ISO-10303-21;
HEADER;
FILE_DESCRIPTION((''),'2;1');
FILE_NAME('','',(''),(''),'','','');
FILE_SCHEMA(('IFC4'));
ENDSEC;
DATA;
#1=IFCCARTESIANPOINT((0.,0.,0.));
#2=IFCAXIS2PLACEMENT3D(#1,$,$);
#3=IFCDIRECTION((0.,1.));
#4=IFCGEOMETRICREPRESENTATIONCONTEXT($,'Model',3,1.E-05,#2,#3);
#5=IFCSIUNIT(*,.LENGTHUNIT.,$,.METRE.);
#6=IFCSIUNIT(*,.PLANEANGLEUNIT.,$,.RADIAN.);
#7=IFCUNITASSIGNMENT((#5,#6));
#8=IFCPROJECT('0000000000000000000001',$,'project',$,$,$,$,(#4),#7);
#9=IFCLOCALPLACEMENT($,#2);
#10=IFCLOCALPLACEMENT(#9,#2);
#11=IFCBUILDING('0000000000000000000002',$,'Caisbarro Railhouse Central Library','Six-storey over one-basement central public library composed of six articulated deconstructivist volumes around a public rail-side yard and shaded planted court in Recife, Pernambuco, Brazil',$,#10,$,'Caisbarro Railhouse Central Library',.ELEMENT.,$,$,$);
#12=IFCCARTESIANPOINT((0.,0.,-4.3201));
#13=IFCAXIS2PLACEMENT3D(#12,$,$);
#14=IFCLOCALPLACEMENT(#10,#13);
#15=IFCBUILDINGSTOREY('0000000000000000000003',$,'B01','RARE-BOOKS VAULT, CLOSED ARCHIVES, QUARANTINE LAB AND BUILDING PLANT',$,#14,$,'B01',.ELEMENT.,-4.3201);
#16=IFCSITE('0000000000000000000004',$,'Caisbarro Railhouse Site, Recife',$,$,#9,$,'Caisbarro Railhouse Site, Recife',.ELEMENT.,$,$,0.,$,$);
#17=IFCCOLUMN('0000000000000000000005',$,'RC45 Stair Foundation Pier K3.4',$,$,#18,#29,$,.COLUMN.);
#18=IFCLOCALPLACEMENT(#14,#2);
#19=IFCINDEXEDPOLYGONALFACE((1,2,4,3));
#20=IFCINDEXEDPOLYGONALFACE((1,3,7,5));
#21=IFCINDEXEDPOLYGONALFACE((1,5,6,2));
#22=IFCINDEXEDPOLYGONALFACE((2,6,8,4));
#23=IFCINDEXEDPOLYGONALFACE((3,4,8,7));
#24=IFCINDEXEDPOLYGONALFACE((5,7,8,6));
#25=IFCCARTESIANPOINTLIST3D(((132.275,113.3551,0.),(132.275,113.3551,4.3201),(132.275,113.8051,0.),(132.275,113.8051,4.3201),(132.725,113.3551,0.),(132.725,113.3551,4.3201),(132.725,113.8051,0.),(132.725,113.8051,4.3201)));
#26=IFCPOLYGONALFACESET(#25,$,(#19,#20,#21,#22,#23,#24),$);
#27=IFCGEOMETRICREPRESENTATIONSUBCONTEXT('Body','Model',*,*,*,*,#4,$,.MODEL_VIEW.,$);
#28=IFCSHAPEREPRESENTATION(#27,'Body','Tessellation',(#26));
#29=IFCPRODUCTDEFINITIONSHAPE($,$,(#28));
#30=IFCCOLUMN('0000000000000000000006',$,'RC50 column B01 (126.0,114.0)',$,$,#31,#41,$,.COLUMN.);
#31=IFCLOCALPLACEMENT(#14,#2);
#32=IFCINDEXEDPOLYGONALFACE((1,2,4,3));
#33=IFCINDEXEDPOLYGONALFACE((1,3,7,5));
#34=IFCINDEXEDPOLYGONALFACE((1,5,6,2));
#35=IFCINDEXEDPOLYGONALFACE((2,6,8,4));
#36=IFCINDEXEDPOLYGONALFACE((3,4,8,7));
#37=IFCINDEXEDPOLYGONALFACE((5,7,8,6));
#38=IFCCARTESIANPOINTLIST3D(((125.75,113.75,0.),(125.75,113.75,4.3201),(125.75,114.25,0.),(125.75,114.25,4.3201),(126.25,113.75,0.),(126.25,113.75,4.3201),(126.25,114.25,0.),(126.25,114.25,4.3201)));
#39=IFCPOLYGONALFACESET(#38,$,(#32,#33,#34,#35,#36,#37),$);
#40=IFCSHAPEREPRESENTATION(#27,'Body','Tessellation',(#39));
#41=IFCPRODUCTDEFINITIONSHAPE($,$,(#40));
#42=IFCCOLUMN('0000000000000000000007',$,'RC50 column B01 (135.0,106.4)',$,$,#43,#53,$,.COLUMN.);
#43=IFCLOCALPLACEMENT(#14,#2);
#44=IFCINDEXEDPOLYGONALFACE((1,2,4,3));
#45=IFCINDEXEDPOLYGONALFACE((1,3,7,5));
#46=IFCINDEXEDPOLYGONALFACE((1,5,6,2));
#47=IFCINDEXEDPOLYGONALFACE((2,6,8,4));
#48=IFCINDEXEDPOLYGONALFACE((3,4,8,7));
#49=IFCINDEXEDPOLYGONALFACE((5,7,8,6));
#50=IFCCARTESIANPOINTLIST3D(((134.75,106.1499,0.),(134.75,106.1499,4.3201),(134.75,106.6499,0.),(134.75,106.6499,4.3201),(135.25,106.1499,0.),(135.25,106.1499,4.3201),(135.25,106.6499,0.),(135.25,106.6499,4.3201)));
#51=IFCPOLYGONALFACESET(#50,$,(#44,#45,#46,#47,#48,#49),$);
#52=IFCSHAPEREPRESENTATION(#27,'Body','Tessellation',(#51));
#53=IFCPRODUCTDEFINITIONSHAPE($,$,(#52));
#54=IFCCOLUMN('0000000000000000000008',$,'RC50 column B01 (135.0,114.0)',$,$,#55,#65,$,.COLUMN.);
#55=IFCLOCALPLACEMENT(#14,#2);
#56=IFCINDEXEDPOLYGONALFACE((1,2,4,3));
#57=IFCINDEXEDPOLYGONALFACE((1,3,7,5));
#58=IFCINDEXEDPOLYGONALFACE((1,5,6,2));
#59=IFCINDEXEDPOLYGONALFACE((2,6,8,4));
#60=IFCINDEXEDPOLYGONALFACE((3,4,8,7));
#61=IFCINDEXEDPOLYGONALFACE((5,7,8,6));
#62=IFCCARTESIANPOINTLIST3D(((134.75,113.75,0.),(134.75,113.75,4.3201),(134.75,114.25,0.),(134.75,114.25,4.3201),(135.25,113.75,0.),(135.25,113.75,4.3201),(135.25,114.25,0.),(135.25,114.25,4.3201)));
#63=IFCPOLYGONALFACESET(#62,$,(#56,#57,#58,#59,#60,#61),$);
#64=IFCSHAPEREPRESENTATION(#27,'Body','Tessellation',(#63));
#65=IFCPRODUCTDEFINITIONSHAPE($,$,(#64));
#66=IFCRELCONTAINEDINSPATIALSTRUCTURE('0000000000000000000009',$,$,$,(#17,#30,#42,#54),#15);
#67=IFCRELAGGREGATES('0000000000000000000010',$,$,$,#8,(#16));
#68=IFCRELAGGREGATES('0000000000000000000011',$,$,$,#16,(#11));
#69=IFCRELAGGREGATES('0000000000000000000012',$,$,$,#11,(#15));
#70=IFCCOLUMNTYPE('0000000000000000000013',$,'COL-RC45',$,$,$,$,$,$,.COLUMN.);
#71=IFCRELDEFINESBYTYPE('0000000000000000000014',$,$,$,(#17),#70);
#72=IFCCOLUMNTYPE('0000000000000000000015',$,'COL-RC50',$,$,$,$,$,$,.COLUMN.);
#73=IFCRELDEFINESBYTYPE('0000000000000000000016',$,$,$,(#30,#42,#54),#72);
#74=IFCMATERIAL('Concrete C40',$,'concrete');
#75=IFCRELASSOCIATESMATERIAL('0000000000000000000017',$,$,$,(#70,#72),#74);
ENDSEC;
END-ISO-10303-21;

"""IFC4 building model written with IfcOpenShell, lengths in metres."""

from ifc_helpers import new_model, si_unit, direction, frame, origin, origin_2d, place, context, subcontext, project, spatial, rectangle, extrude, material, material_profile, profile_set, type_object, element, save


model = new_model("IFC4")

# Units and contexts
model_context = context("Model", 3, precision=1e-05, world=origin(), true_north=direction((0.0, 1.0)))
body_context = subcontext(model_context, "Body", "Model", "MODEL_VIEW")
ifc_project = project(units=[si_unit("LENGTHUNIT", "METRE"), si_unit("PLANEANGLEUNIT", "RADIAN")], contexts=[model_context])

# Site, building, storey
site_placement = place(None, origin())
site = spatial("IfcSite", under=ifc_project, at=site_placement, Name="Caisbarro Railhouse Site, Recife", LongName="Caisbarro Railhouse Site, Recife", CompositionType="ELEMENT", RefElevation=0.0)
building_placement = place(site_placement, origin())
building = spatial("IfcBuilding", under=site, at=building_placement, Name="Caisbarro Railhouse Central Library", Description="Six-storey over one-basement central public library composed of six articulated deconstructivist volumes around a public rail-side yard and shaded planted court in Recife, Pernambuco, Brazil", LongName="Caisbarro Railhouse Central Library", CompositionType="ELEMENT")
storey_placement = place(building_placement, frame((0.0, 0.0, -4.3201)))
storey = spatial("IfcBuildingStorey", under=building, at=storey_placement, Name="B01", Description="RARE-BOOKS VAULT, CLOSED ARCHIVES, QUARANTINE LAB AND BUILDING PLANT", LongName="B01", CompositionType="ELEMENT", Elevation=-4.3201)

# Shared definitions
ifc_material_1 = material(Name="Concrete C40", Category="concrete")

# Columns
ifc_material_profile_1 = material_profile(ifc_material_1, rectangle(XDim=0.45, YDim=0.45, at=origin_2d()), Name="RC-COL-450X450")
ifc_profile_set_1 = profile_set([ifc_material_profile_1], Name="Concrete C40")
column_type_1 = type_object("IfcColumnType", Name="COL-RC45", PredefinedType="COLUMN", material=ifc_profile_set_1)
for number, where, z_axis, x_axis, name in (
    (1, (132.5, 113.5801, 0.0), (0.0, 0.0, 1.0), (1.0, 0.0, 0.0), "RC45 Stair Foundation Pier K3.4"),
):
    element("IfcColumn", number, at=place(storey_placement, frame(where, z_axis=z_axis, x_axis=x_axis)), inside=storey, type_object=column_type_1, Name=name, PredefinedType="COLUMN", context=body_context, shape_type="SweptSolid", body=[
        extrude(rectangle(XDim=0.45, YDim=0.45, at=origin_2d()), origin(), (0.0, 0.0, 1.0), 4.3201),
    ])
ifc_material_profile_2 = material_profile(ifc_material_1, rectangle(XDim=0.5, YDim=0.5, at=origin_2d()), Name="RC-COL-500X500")
ifc_profile_set_2 = profile_set([ifc_material_profile_2], Name="Concrete C40")
column_type_2 = type_object("IfcColumnType", Name="COL-RC50", PredefinedType="COLUMN", material=ifc_profile_set_2)
for number, where, z_axis, x_axis, name in (
    (2, (126.0, 114.0, 0.0), (0.0, 0.0, 1.0), (1.0, 0.0, 0.0), "RC50 column B01 (126.0,114.0)"),
    (3, (135.0, 106.3999, 0.0), (0.0, 0.0, 1.0), (1.0, 0.0, 0.0), "RC50 column B01 (135.0,106.4)"),
    (4, (135.0, 114.0, 0.0), (0.0, 0.0, 1.0), (1.0, 0.0, 0.0), "RC50 column B01 (135.0,114.0)"),
):
    element("IfcColumn", number, at=place(storey_placement, frame(where, z_axis=z_axis, x_axis=x_axis)), inside=storey, type_object=column_type_2, Name=name, PredefinedType="COLUMN", context=body_context, shape_type="SweptSolid", body=[
        extrude(rectangle(XDim=0.5, YDim=0.5, at=origin_2d()), origin(), (0.0, 0.0, 1.0), 4.3201),
    ])

save(model, "model.ifc")
